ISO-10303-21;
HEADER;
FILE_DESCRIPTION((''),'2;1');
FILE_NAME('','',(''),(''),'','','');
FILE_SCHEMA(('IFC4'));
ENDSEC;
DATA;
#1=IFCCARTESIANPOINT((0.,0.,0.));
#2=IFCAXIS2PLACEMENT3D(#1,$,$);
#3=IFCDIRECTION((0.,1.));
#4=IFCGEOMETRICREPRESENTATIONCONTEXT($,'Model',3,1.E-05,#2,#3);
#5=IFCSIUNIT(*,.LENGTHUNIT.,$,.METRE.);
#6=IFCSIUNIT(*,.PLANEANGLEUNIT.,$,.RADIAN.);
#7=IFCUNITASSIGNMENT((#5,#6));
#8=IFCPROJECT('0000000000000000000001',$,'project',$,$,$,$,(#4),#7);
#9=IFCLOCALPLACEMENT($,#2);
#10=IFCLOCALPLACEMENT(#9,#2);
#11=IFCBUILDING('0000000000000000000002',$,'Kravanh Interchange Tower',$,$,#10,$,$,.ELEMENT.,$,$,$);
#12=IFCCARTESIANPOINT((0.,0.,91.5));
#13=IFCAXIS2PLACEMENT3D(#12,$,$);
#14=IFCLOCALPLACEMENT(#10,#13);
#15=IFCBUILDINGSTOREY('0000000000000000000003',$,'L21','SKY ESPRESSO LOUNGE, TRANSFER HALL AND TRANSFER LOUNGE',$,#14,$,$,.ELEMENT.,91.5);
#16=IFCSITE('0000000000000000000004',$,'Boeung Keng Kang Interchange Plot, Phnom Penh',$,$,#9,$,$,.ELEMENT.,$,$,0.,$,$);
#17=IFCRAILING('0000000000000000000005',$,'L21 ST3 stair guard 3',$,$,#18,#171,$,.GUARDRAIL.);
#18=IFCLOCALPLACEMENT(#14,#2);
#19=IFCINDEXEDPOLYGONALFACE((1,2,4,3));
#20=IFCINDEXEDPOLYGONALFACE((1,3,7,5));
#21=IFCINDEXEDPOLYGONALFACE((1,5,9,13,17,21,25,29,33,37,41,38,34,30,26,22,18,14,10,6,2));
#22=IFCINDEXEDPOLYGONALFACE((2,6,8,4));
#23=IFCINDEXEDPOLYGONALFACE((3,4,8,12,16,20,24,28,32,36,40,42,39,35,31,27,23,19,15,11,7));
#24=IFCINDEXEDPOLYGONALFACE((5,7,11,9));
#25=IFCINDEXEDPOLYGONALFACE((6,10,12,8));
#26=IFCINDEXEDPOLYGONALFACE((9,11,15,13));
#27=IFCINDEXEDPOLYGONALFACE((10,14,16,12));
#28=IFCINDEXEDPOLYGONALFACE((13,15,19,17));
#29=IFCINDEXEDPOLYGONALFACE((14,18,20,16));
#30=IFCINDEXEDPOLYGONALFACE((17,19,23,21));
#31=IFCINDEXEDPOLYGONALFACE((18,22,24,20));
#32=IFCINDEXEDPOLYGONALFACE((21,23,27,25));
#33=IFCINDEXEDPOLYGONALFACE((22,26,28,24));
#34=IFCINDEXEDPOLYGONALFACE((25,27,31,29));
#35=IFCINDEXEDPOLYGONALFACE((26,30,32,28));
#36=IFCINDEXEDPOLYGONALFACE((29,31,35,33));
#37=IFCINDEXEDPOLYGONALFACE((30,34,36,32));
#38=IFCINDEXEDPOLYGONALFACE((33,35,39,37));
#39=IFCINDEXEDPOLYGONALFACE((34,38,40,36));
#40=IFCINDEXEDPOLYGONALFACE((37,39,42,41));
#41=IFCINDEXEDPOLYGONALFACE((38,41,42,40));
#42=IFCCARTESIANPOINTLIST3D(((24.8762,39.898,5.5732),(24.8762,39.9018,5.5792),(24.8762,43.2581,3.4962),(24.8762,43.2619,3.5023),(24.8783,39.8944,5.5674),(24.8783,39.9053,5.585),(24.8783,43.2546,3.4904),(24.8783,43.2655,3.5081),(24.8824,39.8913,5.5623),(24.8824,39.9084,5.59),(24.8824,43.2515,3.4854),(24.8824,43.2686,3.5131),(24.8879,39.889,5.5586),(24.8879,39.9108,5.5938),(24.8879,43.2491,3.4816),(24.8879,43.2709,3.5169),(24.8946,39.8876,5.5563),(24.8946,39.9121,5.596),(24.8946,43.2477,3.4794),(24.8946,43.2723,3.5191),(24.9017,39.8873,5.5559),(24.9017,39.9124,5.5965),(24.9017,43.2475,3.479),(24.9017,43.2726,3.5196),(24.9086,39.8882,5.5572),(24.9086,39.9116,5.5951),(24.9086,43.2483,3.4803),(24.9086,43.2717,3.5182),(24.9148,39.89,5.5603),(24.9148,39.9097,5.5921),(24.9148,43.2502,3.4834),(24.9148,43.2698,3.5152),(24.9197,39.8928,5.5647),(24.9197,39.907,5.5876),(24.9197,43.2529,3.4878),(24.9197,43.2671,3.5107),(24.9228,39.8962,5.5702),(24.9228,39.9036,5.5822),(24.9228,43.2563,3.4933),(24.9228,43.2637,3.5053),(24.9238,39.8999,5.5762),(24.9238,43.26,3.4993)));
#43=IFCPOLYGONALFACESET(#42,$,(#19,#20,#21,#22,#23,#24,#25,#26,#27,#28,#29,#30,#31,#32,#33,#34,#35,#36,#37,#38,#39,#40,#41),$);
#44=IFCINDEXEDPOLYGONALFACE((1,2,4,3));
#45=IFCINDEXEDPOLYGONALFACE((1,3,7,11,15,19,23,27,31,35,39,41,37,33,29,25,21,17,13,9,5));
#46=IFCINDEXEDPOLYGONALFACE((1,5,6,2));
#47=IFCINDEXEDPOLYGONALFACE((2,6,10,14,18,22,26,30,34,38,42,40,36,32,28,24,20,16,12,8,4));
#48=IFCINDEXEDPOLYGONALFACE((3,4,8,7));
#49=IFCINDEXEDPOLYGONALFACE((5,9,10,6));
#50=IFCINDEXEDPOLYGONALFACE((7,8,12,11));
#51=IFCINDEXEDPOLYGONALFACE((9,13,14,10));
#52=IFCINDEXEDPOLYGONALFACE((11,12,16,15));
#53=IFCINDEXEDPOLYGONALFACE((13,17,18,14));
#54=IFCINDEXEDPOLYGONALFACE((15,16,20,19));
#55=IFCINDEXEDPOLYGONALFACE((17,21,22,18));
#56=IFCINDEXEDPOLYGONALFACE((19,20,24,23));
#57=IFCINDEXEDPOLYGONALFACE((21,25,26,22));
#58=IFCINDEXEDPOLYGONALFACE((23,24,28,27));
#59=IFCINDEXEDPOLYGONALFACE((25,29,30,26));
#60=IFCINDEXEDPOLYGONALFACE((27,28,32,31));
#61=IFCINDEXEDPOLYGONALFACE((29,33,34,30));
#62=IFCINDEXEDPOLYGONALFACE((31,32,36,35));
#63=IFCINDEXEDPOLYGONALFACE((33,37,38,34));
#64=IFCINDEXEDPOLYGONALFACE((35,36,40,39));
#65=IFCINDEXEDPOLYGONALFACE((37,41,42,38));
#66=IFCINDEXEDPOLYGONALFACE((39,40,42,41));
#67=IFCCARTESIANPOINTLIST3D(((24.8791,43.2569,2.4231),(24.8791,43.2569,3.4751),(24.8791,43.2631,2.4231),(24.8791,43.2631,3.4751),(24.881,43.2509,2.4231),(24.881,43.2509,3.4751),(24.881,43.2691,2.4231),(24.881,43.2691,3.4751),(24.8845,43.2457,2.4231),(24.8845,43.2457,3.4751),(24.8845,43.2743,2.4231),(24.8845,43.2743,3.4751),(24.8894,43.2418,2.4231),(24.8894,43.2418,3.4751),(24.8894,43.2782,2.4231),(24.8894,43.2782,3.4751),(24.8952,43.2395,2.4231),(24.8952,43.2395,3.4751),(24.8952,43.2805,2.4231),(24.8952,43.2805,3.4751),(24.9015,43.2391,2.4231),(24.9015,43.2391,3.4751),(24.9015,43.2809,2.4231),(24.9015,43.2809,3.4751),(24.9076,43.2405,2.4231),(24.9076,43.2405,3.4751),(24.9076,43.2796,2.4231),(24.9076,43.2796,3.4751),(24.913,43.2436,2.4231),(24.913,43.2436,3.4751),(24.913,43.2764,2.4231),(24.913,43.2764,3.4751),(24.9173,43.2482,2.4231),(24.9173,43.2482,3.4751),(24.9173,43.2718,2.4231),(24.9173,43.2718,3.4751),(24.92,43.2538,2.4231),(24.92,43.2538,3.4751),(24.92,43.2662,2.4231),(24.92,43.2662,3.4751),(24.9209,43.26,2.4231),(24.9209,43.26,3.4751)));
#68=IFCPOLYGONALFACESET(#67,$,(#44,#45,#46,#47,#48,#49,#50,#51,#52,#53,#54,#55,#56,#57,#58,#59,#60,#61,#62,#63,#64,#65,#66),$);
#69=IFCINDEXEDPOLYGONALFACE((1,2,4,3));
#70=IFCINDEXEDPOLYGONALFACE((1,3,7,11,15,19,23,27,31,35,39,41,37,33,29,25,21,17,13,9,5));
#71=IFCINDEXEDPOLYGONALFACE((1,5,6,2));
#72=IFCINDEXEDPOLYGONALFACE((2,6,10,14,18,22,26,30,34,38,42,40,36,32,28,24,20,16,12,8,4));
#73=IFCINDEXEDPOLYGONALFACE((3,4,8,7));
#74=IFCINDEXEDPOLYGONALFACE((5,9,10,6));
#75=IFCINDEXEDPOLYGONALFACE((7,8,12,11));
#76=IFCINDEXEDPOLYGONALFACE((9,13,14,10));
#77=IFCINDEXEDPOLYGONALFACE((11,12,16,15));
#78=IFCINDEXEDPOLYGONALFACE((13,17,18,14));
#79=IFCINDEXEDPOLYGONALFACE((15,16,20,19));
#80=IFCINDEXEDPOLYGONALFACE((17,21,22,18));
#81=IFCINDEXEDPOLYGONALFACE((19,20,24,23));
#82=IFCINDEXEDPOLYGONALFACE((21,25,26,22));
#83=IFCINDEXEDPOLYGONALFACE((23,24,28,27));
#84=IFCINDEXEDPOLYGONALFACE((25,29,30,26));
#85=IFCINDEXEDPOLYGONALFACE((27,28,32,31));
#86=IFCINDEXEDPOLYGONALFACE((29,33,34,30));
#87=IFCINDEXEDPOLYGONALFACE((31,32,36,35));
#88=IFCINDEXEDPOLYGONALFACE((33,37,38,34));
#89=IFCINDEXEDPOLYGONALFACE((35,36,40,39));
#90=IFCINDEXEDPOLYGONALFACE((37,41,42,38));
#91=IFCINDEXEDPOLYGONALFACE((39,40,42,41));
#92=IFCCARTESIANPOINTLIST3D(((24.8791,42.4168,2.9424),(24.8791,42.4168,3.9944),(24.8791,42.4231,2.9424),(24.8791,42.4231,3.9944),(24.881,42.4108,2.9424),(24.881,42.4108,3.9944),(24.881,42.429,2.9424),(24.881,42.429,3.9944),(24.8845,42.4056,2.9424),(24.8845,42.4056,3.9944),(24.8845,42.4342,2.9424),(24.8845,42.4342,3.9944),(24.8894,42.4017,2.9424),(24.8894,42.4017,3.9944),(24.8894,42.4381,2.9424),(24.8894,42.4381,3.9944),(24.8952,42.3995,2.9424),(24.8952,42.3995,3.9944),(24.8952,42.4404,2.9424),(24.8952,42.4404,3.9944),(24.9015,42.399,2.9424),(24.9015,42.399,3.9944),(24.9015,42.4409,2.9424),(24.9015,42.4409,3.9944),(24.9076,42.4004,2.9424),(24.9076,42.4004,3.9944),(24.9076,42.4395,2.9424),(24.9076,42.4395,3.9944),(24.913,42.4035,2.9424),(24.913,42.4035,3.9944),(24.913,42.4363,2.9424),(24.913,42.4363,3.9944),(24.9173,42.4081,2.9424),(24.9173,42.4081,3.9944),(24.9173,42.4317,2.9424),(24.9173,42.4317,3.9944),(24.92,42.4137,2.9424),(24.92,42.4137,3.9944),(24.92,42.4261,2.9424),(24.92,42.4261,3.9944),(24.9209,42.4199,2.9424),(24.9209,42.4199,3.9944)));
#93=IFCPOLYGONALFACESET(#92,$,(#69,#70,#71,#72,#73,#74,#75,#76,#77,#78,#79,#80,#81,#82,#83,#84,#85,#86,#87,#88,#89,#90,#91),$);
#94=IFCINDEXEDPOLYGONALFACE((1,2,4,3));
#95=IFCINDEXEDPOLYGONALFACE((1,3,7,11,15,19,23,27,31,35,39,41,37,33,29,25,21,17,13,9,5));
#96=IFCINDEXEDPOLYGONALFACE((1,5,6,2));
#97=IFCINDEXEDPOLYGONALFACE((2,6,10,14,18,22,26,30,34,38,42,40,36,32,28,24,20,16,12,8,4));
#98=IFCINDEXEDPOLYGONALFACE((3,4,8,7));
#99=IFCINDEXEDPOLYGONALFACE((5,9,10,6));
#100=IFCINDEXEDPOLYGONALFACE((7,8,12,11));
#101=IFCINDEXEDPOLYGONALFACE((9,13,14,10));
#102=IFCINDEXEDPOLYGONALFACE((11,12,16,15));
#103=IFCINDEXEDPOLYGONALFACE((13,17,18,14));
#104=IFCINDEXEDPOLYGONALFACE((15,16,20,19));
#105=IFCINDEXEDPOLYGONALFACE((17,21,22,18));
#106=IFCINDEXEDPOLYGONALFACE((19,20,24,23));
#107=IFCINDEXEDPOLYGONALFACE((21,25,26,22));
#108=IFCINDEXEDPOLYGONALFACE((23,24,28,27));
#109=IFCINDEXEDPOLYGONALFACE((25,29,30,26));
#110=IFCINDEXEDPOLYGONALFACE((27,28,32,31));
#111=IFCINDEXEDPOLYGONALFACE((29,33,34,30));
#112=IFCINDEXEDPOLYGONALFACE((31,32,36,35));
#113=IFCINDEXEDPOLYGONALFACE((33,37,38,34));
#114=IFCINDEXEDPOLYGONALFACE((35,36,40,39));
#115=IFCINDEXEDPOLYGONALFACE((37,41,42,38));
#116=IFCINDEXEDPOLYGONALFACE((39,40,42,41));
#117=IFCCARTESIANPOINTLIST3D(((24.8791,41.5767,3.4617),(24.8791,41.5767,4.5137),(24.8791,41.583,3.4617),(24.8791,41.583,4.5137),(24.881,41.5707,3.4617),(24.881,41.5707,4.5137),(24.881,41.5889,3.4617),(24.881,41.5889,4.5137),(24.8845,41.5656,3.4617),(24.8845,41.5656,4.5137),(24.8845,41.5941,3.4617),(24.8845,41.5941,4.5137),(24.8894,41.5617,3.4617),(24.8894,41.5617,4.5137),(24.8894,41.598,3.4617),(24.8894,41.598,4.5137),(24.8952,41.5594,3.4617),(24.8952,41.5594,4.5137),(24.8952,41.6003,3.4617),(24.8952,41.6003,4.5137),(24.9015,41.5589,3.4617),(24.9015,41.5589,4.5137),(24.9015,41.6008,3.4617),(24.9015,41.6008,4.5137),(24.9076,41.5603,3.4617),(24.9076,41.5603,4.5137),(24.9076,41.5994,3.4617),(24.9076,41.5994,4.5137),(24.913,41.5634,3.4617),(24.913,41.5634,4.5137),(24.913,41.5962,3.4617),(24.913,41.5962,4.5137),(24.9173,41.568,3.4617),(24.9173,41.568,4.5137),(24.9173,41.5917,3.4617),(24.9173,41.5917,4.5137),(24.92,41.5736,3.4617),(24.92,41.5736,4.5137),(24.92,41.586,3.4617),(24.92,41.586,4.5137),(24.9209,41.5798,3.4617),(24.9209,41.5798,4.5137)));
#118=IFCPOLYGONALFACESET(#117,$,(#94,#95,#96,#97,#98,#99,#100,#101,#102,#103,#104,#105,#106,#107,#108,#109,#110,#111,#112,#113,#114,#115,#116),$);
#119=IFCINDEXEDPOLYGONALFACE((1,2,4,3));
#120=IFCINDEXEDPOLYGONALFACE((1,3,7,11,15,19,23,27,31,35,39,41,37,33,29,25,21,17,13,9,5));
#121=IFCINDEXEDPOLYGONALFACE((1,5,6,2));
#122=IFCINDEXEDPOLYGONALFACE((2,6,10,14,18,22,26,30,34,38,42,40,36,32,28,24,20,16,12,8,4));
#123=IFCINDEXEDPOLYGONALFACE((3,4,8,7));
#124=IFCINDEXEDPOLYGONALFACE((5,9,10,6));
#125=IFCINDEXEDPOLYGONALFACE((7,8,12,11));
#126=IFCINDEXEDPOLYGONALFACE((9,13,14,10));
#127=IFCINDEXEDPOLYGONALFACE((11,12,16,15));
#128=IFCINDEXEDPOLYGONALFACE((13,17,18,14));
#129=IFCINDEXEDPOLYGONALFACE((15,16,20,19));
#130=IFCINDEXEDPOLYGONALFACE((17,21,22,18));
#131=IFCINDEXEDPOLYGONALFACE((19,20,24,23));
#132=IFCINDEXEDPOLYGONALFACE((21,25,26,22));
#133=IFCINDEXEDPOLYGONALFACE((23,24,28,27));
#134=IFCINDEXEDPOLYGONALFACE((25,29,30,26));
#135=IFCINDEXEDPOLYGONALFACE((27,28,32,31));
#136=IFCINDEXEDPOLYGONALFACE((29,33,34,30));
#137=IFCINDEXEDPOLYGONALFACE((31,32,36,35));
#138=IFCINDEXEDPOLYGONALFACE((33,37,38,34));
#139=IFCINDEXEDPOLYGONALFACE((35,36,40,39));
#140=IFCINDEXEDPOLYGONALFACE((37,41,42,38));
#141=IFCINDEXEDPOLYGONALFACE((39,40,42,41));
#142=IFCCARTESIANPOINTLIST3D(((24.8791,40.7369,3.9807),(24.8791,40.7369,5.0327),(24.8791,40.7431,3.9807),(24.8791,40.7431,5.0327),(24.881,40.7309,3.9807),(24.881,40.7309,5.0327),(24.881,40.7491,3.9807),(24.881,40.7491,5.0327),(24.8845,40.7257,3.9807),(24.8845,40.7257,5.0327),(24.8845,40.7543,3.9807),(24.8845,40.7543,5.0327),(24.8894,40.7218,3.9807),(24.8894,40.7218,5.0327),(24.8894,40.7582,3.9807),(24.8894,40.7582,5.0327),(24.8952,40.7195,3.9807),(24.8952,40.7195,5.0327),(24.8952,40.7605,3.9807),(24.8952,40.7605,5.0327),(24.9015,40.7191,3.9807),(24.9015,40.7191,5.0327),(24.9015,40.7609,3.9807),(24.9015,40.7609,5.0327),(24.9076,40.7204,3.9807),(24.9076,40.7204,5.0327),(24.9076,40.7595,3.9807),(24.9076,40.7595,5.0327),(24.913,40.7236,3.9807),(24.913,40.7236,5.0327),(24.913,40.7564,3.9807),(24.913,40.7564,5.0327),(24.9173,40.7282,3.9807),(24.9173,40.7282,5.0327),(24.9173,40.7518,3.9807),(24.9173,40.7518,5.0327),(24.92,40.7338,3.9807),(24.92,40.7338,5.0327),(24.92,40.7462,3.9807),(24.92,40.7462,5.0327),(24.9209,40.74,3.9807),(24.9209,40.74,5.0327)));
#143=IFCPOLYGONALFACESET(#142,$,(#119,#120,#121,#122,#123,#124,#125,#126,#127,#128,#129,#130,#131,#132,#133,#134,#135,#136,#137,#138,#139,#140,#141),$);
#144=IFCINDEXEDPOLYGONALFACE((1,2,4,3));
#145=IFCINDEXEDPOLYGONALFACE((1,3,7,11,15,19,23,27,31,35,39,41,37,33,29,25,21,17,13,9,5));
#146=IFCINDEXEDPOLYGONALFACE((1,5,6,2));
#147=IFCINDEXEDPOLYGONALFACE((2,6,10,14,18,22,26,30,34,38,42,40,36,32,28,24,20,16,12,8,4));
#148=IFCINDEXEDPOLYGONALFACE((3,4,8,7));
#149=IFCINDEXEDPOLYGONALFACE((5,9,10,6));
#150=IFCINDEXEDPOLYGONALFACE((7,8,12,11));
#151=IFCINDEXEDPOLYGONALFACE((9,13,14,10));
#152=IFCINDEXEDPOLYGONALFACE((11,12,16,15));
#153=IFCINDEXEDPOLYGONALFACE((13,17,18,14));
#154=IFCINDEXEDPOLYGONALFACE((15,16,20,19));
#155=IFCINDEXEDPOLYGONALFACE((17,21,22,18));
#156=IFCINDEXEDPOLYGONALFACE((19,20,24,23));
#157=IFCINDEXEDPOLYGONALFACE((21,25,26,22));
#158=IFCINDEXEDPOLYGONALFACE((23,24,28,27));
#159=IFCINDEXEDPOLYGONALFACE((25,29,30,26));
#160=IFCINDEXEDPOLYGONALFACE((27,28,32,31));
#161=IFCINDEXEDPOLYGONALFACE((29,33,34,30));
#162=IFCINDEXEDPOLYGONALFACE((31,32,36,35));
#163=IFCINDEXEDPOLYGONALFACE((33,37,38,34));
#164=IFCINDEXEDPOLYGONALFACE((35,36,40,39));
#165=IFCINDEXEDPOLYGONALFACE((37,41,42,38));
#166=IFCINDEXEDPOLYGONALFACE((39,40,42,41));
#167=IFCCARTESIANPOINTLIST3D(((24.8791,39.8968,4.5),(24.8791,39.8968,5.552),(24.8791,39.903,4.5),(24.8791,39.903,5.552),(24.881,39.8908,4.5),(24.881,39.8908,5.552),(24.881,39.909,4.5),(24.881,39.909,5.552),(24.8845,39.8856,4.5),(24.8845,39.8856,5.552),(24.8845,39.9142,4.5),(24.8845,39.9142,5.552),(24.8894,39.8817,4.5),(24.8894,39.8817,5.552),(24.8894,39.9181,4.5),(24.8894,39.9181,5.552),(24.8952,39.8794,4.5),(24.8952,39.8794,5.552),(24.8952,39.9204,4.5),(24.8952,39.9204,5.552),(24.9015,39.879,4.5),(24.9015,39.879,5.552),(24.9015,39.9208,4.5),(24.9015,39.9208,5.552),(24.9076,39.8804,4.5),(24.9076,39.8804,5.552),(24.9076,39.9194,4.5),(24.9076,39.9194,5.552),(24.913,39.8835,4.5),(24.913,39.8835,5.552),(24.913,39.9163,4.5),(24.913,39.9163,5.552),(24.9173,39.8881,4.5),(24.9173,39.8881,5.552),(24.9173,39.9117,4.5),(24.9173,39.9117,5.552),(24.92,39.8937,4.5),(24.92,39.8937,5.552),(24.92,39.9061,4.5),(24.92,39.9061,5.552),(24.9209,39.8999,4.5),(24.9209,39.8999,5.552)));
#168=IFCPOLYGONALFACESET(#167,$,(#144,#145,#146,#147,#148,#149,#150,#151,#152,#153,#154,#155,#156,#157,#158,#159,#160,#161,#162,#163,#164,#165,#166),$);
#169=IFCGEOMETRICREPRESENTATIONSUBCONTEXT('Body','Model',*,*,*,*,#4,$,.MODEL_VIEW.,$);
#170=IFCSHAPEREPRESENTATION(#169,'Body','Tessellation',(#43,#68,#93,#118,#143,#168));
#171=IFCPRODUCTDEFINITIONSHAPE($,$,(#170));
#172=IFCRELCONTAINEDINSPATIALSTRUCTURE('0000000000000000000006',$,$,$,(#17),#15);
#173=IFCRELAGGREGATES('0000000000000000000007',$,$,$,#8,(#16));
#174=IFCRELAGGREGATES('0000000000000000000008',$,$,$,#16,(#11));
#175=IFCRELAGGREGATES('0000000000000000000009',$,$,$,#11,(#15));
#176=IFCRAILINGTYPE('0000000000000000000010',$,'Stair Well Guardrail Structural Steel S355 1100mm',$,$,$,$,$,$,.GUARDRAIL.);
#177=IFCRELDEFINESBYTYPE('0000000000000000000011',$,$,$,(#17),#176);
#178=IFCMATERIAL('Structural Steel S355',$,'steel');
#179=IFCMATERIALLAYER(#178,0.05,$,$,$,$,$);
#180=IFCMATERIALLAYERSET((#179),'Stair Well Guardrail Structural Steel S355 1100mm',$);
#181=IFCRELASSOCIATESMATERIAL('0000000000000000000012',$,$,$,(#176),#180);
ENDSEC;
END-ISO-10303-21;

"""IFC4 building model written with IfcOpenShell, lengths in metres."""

from ifc_helpers import new_model, si_unit, direction, frame, origin, origin_2d, place, context, subcontext, project, spatial, circle, extrude, material, layer, layer_set, type_object, element, save


model = new_model("IFC4")

# Units and contexts
model_context = context("Model", 3, precision=1e-05, world=origin(), true_north=direction((0.0, 1.0)))
body_context = subcontext(model_context, "Body", "Model", "MODEL_VIEW")
ifc_project = project(units=[si_unit("LENGTHUNIT", "METRE"), si_unit("PLANEANGLEUNIT", "RADIAN")], contexts=[model_context])

# Site, building, storey
site_placement = place(None, origin())
site = spatial("IfcSite", under=ifc_project, at=site_placement, Name="Boeung Keng Kang Interchange Plot, Phnom Penh", CompositionType="ELEMENT", RefElevation=0.0)
building_placement = place(site_placement, origin())
building = spatial("IfcBuilding", under=site, at=building_placement, Name="Kravanh Interchange Tower", CompositionType="ELEMENT")
storey_placement = place(building_placement, frame((0.0, 0.0, 91.5)))
storey = spatial("IfcBuildingStorey", under=building, at=storey_placement, Name="L21", Description="SKY ESPRESSO LOUNGE, TRANSFER HALL AND TRANSFER LOUNGE", CompositionType="ELEMENT", Elevation=91.5)

# Railing
ifc_material_1 = material(Name="Structural Steel S355", Category="steel")
ifc_layer_1 = layer(ifc_material_1, 0.05)
ifc_layer_set_1 = layer_set([ifc_layer_1], Name="Stair Well Guardrail Structural Steel S355 1100mm")
railing_type_1 = type_object("IfcRailingType", Name="Stair Well Guardrail Structural Steel S355 1100mm", PredefinedType="GUARDRAIL", material=ifc_layer_set_1)
railing_1_placement = place(storey_placement, frame((24.8999, 43.26, 2.4231)))
element("IfcRailing", 1, at=railing_1_placement, inside=storey, type_object=railing_type_1, Name="L21 ST3 stair guard 3", PredefinedType="GUARDRAIL", context=body_context, shape_type="SweptSolid", body=[
    extrude(circle(Radius=0.0239, at=origin_2d()), frame((0.0, 0.0, 1.0762), z_axis=(0.0, -0.850623, 0.525776), x_axis=(1.0, 0.0, 0.0)), (0.0, 0.0, 1.0), 3.9502),
    extrude(circle(Radius=0.021, at=origin_2d()), origin(), (0.0, 0.0, 1.0), 1.052),
    extrude(circle(Radius=0.021, at=origin_2d()), frame((0.0, -0.8401, 0.5193)), (0.0, 0.0, 1.0), 1.052),
    extrude(circle(Radius=0.021, at=origin_2d()), frame((0.0, -1.6802, 1.0386)), (0.0, 0.0, 1.0), 1.052),
    extrude(circle(Radius=0.021, at=origin_2d()), frame((0.0, -2.52, 1.5576)), (0.0, 0.0, 1.0), 1.052),
    extrude(circle(Radius=0.021, at=origin_2d()), frame((0.0, -3.3601, 2.0769)), (0.0, 0.0, 1.0), 1.052),
])

save(model, "model.ifc")
